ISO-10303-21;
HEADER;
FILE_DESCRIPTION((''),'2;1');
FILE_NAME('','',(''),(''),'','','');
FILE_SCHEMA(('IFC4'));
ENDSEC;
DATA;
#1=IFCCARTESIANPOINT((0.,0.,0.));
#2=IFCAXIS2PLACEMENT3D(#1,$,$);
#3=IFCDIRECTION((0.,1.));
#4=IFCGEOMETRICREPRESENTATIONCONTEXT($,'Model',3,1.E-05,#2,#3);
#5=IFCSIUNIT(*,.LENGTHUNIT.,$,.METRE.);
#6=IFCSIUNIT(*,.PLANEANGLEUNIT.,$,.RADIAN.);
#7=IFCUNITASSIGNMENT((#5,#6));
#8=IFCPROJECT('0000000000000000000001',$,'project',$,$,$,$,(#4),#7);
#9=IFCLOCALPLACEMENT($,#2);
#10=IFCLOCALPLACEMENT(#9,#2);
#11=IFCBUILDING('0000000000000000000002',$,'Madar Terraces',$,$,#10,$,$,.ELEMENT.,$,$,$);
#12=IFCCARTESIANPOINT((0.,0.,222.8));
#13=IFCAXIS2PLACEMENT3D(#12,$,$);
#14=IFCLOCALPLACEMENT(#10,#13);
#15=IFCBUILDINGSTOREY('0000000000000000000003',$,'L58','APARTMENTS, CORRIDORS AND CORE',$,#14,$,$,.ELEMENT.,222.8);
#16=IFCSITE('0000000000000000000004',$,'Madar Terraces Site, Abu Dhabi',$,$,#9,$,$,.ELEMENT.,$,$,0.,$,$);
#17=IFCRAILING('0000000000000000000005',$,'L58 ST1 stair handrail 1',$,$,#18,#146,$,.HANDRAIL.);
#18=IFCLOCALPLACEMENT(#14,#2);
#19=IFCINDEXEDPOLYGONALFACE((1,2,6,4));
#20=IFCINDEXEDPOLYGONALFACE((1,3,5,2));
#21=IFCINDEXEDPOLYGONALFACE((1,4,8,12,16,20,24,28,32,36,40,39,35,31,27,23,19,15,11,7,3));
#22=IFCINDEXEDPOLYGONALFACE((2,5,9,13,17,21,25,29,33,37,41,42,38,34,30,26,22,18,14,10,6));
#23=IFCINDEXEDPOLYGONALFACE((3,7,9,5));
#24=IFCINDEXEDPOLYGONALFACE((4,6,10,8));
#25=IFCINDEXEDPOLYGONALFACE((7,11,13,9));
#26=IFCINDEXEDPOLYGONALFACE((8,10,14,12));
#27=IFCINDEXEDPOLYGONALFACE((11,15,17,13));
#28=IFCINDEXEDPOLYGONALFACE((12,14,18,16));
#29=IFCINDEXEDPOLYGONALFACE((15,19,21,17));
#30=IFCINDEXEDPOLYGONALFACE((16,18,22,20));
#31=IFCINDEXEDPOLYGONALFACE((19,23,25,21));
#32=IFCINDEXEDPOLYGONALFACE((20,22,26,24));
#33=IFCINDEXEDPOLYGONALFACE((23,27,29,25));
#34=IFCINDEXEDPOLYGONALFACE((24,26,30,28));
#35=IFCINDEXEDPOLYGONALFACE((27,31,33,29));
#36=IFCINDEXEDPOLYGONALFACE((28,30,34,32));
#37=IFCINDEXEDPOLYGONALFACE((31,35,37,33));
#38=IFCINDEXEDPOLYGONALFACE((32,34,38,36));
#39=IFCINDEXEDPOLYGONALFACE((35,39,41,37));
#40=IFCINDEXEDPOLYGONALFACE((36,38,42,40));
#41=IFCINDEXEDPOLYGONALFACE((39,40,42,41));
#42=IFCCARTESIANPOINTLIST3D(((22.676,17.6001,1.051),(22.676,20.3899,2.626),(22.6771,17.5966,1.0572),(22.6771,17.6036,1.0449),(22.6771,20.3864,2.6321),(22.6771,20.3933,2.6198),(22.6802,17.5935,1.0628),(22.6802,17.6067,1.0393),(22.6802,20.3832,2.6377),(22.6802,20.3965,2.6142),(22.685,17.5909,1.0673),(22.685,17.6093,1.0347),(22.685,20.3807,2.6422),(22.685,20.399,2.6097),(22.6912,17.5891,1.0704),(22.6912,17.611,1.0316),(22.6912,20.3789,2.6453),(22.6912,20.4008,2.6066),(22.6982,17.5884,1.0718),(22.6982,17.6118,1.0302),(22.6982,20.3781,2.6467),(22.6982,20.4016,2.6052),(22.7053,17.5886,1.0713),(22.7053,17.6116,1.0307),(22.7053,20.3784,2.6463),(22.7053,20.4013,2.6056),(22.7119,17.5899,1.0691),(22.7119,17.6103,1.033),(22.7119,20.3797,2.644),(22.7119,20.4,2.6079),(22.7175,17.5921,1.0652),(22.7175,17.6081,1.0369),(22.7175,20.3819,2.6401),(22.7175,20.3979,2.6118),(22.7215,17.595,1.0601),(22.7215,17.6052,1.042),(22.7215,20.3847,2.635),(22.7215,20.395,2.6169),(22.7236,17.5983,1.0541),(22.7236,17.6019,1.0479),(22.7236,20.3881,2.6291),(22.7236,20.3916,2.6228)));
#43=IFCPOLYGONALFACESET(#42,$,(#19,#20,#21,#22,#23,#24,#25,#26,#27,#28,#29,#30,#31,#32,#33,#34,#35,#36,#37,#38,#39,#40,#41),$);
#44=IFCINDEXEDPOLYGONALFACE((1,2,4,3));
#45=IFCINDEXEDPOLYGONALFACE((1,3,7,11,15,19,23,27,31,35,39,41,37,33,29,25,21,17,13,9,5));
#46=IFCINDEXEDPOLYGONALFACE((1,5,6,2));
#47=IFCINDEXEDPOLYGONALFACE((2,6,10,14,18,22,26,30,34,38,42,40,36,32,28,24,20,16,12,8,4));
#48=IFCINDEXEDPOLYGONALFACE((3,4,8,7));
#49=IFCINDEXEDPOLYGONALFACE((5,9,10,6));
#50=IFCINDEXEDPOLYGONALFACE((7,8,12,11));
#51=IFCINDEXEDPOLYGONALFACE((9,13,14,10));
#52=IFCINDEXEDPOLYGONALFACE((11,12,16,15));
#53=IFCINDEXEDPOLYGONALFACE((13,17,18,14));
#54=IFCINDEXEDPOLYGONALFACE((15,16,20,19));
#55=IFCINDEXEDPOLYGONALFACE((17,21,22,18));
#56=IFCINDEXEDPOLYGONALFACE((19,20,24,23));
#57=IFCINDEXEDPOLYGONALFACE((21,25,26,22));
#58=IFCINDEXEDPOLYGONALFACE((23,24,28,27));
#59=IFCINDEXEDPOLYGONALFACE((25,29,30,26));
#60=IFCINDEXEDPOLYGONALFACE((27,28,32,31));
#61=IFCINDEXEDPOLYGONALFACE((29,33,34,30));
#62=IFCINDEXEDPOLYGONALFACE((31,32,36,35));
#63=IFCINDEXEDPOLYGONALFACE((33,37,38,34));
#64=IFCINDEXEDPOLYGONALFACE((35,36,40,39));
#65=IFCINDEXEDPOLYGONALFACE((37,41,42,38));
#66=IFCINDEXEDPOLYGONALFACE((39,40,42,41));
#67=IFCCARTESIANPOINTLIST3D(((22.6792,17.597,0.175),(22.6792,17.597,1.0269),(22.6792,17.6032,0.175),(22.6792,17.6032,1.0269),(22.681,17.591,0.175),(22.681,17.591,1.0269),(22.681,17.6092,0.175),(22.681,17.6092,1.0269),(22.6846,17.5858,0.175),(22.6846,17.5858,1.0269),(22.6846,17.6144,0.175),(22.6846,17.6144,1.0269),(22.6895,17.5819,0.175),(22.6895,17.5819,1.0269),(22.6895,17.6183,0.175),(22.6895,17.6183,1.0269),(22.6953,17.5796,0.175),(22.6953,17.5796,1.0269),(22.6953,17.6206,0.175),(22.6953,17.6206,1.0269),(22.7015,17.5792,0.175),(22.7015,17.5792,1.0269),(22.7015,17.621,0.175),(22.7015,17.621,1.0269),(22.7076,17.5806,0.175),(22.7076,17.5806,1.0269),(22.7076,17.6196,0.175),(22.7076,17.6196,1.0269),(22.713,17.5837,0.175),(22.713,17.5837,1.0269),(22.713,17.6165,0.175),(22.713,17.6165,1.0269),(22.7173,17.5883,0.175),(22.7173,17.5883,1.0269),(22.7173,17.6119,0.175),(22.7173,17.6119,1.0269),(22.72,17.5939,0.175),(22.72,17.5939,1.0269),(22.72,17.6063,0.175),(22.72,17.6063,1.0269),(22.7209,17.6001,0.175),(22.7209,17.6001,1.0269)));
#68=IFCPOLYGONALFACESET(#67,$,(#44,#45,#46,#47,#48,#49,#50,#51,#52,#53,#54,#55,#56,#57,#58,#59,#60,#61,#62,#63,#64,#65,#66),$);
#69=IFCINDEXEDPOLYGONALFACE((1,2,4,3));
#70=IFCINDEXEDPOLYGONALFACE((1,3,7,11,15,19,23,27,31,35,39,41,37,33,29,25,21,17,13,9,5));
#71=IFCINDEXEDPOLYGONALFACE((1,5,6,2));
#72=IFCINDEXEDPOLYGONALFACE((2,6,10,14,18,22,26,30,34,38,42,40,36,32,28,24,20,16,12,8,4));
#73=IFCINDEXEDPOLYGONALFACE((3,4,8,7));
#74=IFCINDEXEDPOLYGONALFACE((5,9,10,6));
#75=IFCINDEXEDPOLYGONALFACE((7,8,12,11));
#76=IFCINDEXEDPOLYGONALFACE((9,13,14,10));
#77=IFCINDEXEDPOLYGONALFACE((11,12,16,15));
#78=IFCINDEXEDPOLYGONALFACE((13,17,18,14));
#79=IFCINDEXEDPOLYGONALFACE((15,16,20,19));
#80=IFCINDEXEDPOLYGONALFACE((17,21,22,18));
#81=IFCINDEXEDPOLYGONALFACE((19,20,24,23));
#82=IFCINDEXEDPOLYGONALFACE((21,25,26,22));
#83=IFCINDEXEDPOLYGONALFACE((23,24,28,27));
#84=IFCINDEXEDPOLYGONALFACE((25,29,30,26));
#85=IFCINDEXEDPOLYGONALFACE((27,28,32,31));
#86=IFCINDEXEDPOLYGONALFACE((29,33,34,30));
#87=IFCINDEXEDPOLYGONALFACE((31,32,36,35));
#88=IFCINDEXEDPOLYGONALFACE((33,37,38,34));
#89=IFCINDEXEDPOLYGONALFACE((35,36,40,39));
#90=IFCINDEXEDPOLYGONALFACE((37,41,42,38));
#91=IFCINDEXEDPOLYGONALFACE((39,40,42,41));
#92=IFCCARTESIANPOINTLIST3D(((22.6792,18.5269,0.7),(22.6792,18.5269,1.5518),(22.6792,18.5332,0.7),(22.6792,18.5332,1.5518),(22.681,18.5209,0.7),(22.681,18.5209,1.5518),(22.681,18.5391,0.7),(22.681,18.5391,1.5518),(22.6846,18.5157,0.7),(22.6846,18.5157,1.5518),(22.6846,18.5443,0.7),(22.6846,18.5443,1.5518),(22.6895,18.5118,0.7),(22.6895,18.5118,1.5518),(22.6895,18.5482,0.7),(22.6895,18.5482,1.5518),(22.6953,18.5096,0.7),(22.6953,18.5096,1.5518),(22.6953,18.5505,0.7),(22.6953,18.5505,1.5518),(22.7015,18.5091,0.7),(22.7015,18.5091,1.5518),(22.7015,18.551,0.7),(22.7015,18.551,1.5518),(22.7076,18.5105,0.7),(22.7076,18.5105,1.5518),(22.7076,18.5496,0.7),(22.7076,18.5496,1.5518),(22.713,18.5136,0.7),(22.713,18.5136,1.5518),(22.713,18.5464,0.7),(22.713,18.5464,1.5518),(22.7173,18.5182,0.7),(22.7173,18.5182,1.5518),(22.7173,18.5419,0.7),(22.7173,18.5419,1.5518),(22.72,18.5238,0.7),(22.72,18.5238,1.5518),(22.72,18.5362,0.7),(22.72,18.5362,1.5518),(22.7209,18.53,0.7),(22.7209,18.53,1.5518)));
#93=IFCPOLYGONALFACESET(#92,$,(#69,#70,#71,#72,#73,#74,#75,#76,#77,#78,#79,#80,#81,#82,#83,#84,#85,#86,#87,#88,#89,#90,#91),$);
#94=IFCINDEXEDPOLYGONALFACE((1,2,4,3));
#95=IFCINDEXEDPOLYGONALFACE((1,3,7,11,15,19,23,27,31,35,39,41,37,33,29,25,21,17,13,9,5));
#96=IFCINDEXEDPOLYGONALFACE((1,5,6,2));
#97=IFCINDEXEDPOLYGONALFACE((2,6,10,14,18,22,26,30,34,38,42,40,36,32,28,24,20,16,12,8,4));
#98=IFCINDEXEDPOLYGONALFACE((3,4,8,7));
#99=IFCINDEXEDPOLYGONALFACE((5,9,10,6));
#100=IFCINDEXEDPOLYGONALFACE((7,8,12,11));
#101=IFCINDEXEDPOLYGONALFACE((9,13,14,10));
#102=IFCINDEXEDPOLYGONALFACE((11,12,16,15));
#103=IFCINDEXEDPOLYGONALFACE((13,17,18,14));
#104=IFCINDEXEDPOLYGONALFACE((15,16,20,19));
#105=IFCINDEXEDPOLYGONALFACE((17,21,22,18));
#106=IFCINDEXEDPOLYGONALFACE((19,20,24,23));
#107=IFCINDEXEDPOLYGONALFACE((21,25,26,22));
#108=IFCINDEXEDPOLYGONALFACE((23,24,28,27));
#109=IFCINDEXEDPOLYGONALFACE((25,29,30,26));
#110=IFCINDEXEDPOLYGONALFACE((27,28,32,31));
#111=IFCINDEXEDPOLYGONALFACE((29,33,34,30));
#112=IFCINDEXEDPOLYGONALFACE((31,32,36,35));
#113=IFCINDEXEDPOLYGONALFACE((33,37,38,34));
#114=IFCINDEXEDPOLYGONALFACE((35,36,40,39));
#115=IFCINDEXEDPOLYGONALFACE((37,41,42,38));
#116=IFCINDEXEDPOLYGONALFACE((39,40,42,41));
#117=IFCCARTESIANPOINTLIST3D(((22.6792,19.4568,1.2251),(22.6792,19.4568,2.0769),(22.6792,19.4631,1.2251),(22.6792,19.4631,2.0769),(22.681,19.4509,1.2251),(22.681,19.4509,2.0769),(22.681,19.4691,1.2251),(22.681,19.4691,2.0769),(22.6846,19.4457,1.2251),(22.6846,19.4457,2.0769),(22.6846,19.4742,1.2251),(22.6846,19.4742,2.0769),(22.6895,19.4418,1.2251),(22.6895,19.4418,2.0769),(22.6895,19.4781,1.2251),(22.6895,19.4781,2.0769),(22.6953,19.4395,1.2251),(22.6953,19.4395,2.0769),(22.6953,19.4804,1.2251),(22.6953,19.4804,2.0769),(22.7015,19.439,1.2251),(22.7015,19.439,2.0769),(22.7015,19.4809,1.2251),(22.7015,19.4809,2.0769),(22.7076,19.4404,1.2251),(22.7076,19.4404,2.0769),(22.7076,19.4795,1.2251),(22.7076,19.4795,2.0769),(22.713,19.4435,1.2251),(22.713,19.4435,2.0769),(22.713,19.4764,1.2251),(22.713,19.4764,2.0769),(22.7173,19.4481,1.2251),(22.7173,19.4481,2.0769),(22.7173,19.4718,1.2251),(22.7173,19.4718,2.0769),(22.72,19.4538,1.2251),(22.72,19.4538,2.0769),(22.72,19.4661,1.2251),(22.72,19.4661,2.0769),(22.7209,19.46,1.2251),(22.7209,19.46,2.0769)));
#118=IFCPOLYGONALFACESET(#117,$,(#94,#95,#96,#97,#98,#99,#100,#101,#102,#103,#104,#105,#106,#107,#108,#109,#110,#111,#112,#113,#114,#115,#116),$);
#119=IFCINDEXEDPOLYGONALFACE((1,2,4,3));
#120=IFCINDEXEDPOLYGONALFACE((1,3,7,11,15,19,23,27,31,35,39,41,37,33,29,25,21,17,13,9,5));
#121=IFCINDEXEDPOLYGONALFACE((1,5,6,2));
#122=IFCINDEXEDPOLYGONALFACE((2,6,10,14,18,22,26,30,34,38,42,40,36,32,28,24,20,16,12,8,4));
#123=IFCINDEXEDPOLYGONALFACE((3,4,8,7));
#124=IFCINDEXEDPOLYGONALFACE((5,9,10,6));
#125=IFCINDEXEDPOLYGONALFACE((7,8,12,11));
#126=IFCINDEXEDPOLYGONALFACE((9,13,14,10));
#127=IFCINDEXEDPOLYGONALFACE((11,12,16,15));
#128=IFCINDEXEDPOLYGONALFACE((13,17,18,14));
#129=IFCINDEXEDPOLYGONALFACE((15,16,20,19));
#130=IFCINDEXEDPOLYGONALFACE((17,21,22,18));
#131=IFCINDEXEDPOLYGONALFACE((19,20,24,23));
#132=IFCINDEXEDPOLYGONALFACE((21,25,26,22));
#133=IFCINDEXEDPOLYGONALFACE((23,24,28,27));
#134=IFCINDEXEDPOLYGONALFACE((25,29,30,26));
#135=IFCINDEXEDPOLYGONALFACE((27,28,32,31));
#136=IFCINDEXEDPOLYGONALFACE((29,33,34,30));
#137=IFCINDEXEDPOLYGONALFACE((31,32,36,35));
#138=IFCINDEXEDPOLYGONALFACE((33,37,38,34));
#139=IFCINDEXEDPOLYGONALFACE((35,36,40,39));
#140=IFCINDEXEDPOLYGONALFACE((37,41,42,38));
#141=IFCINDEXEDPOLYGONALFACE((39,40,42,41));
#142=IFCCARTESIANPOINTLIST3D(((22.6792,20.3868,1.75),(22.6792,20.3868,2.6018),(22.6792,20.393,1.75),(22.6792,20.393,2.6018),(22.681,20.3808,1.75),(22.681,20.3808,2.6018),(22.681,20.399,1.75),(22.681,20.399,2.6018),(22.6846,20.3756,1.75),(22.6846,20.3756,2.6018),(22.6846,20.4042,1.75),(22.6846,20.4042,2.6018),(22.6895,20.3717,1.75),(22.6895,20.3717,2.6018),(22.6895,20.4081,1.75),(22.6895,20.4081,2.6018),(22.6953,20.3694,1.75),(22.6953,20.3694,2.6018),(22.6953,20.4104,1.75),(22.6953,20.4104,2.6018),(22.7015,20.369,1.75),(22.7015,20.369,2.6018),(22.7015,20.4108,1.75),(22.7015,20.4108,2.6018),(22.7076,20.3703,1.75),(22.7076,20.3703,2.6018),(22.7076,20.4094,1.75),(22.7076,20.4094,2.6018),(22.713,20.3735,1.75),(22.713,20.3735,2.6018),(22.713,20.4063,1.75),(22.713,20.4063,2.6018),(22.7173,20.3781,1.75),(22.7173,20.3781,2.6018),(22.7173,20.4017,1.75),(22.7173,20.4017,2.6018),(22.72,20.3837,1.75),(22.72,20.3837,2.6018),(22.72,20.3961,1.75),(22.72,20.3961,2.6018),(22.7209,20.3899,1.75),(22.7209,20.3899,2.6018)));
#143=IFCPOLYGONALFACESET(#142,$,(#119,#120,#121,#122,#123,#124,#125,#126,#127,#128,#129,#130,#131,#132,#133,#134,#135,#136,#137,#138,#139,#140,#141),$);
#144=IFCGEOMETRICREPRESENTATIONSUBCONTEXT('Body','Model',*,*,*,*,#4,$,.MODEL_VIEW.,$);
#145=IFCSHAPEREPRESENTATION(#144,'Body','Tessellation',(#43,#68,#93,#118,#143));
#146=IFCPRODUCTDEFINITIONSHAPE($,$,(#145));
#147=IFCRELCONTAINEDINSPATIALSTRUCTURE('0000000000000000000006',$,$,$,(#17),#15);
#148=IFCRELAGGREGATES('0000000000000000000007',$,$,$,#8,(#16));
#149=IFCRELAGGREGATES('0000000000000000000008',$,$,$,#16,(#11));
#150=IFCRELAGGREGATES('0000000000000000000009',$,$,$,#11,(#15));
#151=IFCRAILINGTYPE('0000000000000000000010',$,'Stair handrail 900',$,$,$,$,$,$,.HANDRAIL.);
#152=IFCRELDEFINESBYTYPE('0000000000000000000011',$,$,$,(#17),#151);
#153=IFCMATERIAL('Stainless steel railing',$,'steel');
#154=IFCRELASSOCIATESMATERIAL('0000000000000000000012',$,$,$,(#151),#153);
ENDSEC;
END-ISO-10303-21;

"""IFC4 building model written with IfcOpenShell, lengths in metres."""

from ifc_helpers import new_model, si_unit, direction, frame, origin, origin_2d, place, context, subcontext, project, spatial, circle, extrude, material, type_object, element, save


model = new_model("IFC4")

# Units and contexts
model_context = context("Model", 3, precision=1e-05, world=origin(), true_north=direction((0.0, 1.0)))
body_context = subcontext(model_context, "Body", "Model", "MODEL_VIEW")
ifc_project = project(units=[si_unit("LENGTHUNIT", "METRE"), si_unit("PLANEANGLEUNIT", "RADIAN")], contexts=[model_context])

# Site, building, storey
site_placement = place(None, origin())
site = spatial("IfcSite", under=ifc_project, at=site_placement, Name="Madar Terraces Site, Abu Dhabi", CompositionType="ELEMENT", RefElevation=0.0)
building_placement = place(site_placement, origin())
building = spatial("IfcBuilding", under=site, at=building_placement, Name="Madar Terraces", CompositionType="ELEMENT")
storey_placement = place(building_placement, frame((0.0, 0.0, 222.8)))
storey = spatial("IfcBuildingStorey", under=building, at=storey_placement, Name="L58", Description="APARTMENTS, CORRIDORS AND CORE", CompositionType="ELEMENT", Elevation=222.8)

# Railing
ifc_material_1 = material(Name="Stainless steel railing", Category="steel")
railing_type_1 = type_object("IfcRailingType", Name="Stair handrail 900", PredefinedType="HANDRAIL", material=ifc_material_1)
railing_placement = place(storey_placement, frame((22.7, 17.6001, 0.175)))
element("IfcRailing", 1, at=railing_placement, inside=storey, type_object=railing_type_1, Name="L58 ST1 stair handrail 1", PredefinedType="HANDRAIL", context=body_context, shape_type="SweptSolid", body=[
    extrude(circle(Radius=0.0239, at=origin_2d()), frame((0.0, 0.0, 0.876), z_axis=(0.0, 0.870815, 0.49161), x_axis=(-1.0, 0.0, 0.0)), (0.0, 0.0, 1.0), 3.2036),
    extrude(circle(Radius=0.021, at=origin_2d()), origin(), (0.0, 0.0, 1.0), 0.8518),
    extrude(circle(Radius=0.021, at=origin_2d()), frame((0.0, 0.9299, 0.5249)), (0.0, 0.0, 1.0), 0.8518),
    extrude(circle(Radius=0.021, at=origin_2d()), frame((0.0, 1.8599, 1.05)), (0.0, 0.0, 1.0), 0.8518),
    extrude(circle(Radius=0.021, at=origin_2d()), frame((0.0, 2.7898, 1.575)), (0.0, 0.0, 1.0), 0.8518),
])

save(model, "model.ifc")
